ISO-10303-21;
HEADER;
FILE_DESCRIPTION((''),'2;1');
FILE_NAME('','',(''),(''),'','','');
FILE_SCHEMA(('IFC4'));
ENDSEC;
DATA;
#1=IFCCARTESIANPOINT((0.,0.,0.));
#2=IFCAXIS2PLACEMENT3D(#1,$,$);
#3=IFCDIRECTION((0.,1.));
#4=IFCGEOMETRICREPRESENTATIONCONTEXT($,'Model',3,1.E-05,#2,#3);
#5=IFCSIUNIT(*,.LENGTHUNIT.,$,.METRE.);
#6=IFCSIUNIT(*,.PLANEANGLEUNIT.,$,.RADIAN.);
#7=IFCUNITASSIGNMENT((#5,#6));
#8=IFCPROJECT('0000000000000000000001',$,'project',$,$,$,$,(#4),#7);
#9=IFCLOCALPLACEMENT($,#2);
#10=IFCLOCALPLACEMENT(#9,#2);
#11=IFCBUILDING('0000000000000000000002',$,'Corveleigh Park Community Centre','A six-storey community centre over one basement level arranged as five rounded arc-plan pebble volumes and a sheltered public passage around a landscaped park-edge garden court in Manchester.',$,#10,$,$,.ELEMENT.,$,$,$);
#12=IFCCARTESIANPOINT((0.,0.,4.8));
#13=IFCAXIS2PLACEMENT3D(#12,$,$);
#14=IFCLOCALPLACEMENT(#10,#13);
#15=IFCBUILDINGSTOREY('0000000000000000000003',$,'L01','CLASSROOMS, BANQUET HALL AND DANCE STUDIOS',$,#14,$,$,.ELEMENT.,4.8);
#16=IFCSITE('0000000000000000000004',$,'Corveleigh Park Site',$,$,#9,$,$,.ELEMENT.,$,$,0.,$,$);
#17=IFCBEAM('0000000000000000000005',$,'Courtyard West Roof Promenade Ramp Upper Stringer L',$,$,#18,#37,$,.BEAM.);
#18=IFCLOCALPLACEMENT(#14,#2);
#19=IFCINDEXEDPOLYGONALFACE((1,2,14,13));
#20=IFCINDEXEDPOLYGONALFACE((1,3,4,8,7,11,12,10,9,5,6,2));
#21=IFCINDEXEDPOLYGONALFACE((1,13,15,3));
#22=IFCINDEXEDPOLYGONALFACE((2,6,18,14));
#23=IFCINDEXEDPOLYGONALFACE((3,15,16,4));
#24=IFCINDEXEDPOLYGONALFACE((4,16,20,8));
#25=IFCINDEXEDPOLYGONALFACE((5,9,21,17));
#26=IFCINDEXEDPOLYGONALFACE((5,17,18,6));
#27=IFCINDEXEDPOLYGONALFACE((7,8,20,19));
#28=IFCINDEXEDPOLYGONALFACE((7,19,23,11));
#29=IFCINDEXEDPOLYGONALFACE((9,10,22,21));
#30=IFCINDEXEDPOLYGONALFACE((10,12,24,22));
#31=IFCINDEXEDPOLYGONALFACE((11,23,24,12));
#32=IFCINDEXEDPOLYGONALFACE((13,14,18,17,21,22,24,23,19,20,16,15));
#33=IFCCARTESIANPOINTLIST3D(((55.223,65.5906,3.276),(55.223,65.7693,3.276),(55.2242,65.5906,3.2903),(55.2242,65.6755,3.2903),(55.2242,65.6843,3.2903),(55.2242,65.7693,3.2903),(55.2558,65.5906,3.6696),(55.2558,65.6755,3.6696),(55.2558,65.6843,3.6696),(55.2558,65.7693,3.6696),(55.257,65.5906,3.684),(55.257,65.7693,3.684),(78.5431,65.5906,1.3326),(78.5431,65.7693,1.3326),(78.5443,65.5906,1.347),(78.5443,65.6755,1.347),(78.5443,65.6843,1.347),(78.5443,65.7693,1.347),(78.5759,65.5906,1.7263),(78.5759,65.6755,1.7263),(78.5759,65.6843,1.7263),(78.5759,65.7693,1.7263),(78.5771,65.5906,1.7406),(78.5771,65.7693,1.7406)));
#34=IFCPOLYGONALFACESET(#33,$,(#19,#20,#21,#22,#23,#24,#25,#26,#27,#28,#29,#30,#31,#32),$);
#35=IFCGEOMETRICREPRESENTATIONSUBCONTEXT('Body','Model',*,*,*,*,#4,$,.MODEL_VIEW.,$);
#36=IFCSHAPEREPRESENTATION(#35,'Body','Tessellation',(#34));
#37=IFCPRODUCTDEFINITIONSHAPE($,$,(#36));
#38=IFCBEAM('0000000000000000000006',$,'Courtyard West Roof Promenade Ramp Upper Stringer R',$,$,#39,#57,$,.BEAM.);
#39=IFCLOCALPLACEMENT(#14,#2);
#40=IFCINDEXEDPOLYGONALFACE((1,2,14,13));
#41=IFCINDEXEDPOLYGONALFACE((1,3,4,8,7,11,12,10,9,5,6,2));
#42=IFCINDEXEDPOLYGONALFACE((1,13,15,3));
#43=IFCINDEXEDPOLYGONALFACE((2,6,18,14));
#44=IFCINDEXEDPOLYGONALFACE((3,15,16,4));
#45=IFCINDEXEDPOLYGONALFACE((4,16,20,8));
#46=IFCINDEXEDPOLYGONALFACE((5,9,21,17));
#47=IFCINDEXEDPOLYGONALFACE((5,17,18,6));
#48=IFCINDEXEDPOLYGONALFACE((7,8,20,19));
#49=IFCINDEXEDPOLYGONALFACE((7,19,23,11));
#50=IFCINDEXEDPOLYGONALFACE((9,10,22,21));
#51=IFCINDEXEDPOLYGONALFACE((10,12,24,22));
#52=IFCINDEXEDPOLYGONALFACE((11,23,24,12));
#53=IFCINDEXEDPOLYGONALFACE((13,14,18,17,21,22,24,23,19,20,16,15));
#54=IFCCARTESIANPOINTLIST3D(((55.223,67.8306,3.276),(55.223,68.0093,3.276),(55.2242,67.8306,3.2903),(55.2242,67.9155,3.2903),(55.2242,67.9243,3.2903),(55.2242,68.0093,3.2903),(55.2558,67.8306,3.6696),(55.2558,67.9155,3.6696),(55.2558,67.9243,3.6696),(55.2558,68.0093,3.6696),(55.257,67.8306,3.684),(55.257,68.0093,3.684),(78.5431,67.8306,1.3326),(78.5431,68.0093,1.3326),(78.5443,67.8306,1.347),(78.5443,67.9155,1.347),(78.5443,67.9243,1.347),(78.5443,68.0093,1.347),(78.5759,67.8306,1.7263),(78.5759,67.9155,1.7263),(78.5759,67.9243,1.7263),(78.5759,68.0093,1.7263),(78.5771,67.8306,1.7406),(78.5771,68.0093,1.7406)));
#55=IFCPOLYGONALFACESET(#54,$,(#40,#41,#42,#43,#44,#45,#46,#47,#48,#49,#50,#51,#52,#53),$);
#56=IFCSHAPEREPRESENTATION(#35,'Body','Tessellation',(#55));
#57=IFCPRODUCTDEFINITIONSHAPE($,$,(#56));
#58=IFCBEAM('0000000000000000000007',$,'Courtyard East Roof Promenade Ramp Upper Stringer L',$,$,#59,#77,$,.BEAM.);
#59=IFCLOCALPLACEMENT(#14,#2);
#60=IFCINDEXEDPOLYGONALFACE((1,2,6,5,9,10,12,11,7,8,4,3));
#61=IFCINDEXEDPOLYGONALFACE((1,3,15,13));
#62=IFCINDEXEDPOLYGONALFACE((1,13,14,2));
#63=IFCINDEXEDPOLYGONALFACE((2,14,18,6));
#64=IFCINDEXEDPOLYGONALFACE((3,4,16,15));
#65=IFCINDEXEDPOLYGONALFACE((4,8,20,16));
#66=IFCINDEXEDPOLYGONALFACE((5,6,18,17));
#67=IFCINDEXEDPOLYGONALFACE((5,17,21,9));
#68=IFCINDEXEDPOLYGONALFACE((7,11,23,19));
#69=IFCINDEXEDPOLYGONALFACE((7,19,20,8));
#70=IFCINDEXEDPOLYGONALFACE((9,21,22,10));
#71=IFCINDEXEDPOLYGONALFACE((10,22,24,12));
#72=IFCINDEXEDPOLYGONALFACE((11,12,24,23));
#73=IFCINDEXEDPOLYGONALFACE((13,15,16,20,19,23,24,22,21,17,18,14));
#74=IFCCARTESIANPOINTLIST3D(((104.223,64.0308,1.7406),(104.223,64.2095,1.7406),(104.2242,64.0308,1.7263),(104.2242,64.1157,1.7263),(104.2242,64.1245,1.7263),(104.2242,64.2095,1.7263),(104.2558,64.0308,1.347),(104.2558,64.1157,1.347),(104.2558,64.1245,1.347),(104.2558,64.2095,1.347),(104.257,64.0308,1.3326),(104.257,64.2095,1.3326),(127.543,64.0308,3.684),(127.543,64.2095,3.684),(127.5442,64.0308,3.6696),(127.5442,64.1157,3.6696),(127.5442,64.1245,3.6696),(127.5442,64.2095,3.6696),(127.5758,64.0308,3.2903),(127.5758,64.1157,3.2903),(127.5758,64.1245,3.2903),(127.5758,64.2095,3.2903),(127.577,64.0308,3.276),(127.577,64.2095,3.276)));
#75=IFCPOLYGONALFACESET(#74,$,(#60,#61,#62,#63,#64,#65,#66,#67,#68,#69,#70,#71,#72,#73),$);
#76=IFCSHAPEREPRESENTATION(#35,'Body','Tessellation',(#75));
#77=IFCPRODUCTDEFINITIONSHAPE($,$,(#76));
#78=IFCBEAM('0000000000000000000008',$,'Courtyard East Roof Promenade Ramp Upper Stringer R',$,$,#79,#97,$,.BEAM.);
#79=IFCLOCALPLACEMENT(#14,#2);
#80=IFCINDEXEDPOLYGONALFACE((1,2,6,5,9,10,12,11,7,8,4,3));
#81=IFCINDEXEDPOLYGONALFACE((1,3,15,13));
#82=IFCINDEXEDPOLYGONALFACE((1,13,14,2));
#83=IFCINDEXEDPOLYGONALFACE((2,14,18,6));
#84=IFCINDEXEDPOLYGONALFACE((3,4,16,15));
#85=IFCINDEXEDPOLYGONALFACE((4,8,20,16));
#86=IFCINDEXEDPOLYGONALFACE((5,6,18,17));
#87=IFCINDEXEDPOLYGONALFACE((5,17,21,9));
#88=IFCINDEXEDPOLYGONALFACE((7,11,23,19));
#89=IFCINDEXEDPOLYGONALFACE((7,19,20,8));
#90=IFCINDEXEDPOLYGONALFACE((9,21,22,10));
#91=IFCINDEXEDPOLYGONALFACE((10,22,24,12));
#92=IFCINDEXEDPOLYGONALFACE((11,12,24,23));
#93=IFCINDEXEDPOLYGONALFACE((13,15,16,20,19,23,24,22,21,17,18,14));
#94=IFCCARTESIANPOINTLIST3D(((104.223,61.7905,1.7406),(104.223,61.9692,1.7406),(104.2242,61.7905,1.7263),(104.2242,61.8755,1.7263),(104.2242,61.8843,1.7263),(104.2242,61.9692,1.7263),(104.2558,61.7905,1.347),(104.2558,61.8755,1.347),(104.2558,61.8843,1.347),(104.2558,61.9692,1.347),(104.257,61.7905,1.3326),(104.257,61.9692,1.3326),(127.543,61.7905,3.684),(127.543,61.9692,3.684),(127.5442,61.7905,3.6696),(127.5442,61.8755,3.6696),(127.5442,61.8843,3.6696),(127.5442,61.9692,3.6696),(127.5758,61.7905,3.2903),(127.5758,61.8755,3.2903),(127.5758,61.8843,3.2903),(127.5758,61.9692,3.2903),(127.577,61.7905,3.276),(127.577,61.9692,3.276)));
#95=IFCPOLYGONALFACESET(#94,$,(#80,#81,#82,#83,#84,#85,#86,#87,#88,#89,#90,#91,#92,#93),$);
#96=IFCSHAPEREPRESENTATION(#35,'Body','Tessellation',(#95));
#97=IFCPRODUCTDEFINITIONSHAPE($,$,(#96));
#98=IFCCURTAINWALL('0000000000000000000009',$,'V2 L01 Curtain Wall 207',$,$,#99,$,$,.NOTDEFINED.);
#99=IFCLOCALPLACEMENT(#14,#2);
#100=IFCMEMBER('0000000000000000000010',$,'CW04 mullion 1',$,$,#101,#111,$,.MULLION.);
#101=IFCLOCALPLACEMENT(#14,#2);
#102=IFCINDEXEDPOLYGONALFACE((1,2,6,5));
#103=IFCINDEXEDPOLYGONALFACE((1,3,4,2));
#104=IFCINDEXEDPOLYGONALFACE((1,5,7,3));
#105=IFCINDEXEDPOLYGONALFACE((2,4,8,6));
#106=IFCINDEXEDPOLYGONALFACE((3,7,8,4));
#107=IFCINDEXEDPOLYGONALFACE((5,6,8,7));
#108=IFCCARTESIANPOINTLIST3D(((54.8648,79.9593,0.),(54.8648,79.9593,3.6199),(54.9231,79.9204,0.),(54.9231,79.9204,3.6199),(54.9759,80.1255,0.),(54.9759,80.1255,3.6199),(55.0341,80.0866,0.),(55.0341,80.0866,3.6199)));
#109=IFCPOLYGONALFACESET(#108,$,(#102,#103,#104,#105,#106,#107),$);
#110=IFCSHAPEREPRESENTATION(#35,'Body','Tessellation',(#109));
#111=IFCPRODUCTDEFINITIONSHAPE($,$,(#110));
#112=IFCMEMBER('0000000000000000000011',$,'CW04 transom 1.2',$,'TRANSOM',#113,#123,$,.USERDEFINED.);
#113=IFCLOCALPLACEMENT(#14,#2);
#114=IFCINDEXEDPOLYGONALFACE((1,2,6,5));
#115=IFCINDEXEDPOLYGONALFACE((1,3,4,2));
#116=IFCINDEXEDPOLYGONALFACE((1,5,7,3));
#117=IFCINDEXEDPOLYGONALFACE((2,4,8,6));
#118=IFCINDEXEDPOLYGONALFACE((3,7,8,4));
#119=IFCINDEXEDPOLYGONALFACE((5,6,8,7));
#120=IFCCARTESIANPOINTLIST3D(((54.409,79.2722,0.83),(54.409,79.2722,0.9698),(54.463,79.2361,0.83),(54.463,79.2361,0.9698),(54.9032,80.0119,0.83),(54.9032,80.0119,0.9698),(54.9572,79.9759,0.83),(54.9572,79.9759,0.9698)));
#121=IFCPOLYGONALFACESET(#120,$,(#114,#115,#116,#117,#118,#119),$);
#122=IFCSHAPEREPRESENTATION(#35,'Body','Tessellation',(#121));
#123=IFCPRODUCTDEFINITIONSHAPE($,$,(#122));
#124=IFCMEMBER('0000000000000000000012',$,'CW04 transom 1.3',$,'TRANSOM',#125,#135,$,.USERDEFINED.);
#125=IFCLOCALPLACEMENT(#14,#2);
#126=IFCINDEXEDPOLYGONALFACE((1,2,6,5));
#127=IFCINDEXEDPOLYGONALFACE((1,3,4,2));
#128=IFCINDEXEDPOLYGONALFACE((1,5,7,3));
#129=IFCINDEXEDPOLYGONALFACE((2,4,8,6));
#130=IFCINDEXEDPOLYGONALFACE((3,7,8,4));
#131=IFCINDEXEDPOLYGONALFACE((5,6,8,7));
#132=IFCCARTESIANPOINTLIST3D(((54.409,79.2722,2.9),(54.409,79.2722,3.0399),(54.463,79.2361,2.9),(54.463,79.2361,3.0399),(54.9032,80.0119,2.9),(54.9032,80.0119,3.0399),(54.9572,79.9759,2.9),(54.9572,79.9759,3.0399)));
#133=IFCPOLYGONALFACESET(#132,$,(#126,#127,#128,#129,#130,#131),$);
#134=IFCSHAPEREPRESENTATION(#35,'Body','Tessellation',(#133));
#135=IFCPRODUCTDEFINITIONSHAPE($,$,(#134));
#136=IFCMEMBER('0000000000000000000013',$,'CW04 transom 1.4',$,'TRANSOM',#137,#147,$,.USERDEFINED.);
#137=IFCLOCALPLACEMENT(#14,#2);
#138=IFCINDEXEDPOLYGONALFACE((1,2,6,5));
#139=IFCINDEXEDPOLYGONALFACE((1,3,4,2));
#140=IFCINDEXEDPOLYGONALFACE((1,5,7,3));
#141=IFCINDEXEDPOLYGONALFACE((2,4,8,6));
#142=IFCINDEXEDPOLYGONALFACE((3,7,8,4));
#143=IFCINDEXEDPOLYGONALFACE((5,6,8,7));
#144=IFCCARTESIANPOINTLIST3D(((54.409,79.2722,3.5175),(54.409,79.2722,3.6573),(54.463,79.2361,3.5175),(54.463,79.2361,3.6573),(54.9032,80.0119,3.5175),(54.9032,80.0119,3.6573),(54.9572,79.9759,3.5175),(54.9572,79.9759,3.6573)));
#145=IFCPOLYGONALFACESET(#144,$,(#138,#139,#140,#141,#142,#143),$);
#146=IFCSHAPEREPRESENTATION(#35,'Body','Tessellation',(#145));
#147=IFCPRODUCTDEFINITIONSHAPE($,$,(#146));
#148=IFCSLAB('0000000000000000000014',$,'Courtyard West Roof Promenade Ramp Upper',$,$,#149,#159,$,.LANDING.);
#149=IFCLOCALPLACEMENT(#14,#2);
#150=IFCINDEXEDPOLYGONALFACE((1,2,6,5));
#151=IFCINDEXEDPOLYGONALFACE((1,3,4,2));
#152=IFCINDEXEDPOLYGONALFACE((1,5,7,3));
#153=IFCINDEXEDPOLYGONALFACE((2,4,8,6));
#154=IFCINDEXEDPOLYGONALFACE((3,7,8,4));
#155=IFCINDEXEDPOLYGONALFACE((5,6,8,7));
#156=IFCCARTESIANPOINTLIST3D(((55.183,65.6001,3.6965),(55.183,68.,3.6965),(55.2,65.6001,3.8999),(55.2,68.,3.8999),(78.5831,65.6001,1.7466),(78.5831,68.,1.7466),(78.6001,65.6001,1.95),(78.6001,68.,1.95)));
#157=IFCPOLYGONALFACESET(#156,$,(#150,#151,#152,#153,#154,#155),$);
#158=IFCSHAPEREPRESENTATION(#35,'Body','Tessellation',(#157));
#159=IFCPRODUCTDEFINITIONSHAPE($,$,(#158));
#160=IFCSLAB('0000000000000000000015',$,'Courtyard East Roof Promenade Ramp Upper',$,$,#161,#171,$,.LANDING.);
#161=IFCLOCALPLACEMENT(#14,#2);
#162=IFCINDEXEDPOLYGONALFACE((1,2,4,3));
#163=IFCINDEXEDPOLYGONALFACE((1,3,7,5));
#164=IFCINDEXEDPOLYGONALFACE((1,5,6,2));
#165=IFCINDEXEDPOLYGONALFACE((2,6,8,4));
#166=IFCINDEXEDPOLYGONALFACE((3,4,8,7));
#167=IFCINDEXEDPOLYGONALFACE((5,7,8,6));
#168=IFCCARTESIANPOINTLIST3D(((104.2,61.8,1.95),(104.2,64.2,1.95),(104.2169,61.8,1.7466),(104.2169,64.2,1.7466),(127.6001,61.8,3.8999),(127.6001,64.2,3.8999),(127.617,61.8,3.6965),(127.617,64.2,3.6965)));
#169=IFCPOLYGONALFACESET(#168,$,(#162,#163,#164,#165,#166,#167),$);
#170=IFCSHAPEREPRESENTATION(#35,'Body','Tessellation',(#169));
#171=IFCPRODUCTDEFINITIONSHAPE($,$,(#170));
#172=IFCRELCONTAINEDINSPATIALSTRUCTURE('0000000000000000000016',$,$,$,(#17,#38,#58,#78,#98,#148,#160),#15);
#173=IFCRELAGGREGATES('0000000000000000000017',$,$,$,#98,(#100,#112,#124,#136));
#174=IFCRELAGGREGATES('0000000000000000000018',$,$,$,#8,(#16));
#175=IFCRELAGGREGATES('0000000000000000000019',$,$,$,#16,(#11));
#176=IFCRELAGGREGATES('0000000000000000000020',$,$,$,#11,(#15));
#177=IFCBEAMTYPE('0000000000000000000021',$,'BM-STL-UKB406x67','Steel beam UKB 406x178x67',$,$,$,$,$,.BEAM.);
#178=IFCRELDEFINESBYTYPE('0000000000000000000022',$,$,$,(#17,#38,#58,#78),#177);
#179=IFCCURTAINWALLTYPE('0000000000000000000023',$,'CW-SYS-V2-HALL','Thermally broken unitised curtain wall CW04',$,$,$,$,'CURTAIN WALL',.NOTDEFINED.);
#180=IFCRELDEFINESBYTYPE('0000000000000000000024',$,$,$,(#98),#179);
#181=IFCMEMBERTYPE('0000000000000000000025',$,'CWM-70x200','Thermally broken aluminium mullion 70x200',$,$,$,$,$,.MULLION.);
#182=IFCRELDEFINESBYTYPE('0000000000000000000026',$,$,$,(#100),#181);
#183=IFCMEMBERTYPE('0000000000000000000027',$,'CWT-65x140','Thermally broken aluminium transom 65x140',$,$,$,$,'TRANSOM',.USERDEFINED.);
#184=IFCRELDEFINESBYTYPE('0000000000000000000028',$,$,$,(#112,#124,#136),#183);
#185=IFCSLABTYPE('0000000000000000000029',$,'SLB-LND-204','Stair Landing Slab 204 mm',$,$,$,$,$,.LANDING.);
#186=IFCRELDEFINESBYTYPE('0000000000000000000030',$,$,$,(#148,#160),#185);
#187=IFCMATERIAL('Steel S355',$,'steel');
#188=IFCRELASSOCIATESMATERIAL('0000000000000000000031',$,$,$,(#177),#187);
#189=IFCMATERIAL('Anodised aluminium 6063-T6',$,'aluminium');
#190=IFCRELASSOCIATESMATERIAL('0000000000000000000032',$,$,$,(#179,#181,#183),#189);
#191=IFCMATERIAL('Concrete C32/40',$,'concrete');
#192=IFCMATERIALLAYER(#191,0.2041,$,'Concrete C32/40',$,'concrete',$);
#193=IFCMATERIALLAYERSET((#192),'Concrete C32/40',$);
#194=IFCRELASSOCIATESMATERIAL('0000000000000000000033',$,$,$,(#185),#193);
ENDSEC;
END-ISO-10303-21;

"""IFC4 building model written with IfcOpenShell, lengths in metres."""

from ifc_helpers import new_model, si_unit, direction, frame, origin, origin_2d, place, context, subcontext, project, spatial, polyline, rectangle, i_section, outline, extrude, material, layer, layer_set, material_profile, profile_set, type_object, element, aggregate, save


model = new_model("IFC4")

# Units and contexts
model_context = context("Model", 3, precision=1e-05, world=origin(), true_north=direction((0.0, 1.0)))
body_context = subcontext(model_context, "Body", "Model", "MODEL_VIEW")
ifc_project = project(units=[si_unit("LENGTHUNIT", "METRE"), si_unit("PLANEANGLEUNIT", "RADIAN")], contexts=[model_context])

# Site, building, storey
site_placement = place(None, origin())
site = spatial("IfcSite", under=ifc_project, at=site_placement, Name="Corveleigh Park Site", CompositionType="ELEMENT", RefElevation=0.0)
building_placement = place(site_placement, origin())
building = spatial("IfcBuilding", under=site, at=building_placement, Name="Corveleigh Park Community Centre", Description="A six-storey community centre over one basement level arranged as five rounded arc-plan pebble volumes and a sheltered public passage around a landscaped park-edge garden court in Manchester.", CompositionType="ELEMENT")
storey_placement = place(building_placement, frame((0.0, 0.0, 4.8)))
storey = spatial("IfcBuildingStorey", under=building, at=storey_placement, Name="L01", Description="CLASSROOMS, BANQUET HALL AND DANCE STUDIOS", CompositionType="ELEMENT", Elevation=4.8)

# Beams
ifc_material_1 = material(Name="Steel S355", Category="steel")
ifc_material_profile_1 = material_profile(ifc_material_1, i_section(OverallWidth=0.1787, OverallDepth=0.4094, WebThickness=0.0088, FlangeThickness=0.0144, at=origin_2d()), Name="UKB 406x178x67", Category="steel")
ifc_profile_set_1 = profile_set([ifc_material_profile_1], Name="Steel S355")
beam_type = type_object("IfcBeamType", Name="BM-STL-UKB406x67", Description="Steel beam UKB 406x178x67", PredefinedType="BEAM", material=ifc_profile_set_1)
for number, where, z_axis, x_axis, name in (
    (1, (78.5601, 65.6799, 1.5366), (-0.996546, 0.0, 0.083046), (0.0, -1.0, 0.0), "Courtyard West Roof Promenade Ramp Upper Stringer L"),
    (2, (78.5601, 67.9199, 1.5366), (-0.996546, 0.0, 0.083046), (0.0, -1.0, 0.0), "Courtyard West Roof Promenade Ramp Upper Stringer R"),
    (3, (104.24, 64.1201, 1.5366), (0.996546, 0.0, 0.083046), (0.0, 1.0, 0.0), "Courtyard East Roof Promenade Ramp Upper Stringer L"),
    (4, (104.24, 61.8799, 1.5366), (0.996546, 0.0, 0.083046), (0.0, 1.0, 0.0), "Courtyard East Roof Promenade Ramp Upper Stringer R"),
):
    element("IfcBeam", number, at=place(storey_placement, frame(where, z_axis=z_axis, x_axis=x_axis)), inside=storey, type_object=beam_type, Name=name, PredefinedType="BEAM", context=body_context, shape_type="SweptSolid", body=[
        extrude(i_section(OverallWidth=0.1787, OverallDepth=0.4094, WebThickness=0.0088, FlangeThickness=0.0144, at=origin_2d()), origin(), (0.0, 0.0, 1.0), 23.4009),
    ])

# Curtain wall, members
ifc_material_2 = material(Name="Anodised aluminium 6063-T6", Category="aluminium")
curtain_wall_type = type_object("IfcCurtainWallType", Name="CW-SYS-V2-HALL", Description="Thermally broken unitised curtain wall CW04", ElementType="CURTAIN WALL", PredefinedType="NOTDEFINED", material=ifc_material_2)
curtain_wall_placement = place(storey_placement, origin())
curtain_wall = element("IfcCurtainWall", 5, at=curtain_wall_placement, inside=storey, type_object=curtain_wall_type, Name="V2 L01 Curtain Wall 207", PredefinedType="NOTDEFINED")
ifc_material_profile_2 = material_profile(ifc_material_2, rectangle(XDim=0.0701, YDim=0.2, at=origin_2d()), Name="ALU-M70x200", Category="aluminium")
ifc_profile_set_2 = profile_set([ifc_material_profile_2], Name="Anodised aluminium 6063-T6")
member_type_1 = type_object("IfcMemberType", Name="CWM-70x200", Description="Thermally broken aluminium mullion 70x200", PredefinedType="MULLION", material=ifc_profile_set_2)
member_1_placement = place(storey_placement, frame((54.9495, 80.0229, 0.0), z_axis=(0.0, 0.0, 1.0), x_axis=(0.831509, -0.555512, 0.0)))
member_1 = element("IfcMember", 6, at=member_1_placement, type_object=member_type_1, Name="CW04 mullion 1", PredefinedType="MULLION", context=body_context, shape_type="SweptSolid", body=[
    extrude(rectangle(XDim=0.0701, YDim=0.2, at=origin_2d()), origin(), (0.0, 0.0, 1.0), 3.6199),
])
ifc_material_profile_3 = material_profile(ifc_material_2, rectangle(XDim=0.0649, YDim=0.1399, at=origin_2d()), Name="ALU-T65x140", Category="aluminium")
ifc_profile_set_3 = profile_set([ifc_material_profile_3], Name="Anodised aluminium 6063-T6")
member_type_2 = type_object("IfcMemberType", Name="CWT-65x140", Description="Thermally broken aluminium transom 65x140", ElementType="TRANSOM", PredefinedType="USERDEFINED", material=ifc_profile_set_3)
member_2_placement = place(storey_placement, frame((54.9302, 79.9939, 0.8999), z_axis=(-0.55546, -0.831543, 0.0), x_axis=(0.831543, -0.55546, 0.0)))
member_2 = element("IfcMember", 7, at=member_2_placement, type_object=member_type_2, Name="CW04 transom 1.2", ObjectType="TRANSOM", PredefinedType="USERDEFINED", context=body_context, shape_type="SweptSolid", body=[
    extrude(rectangle(XDim=0.0649, YDim=0.1399, at=origin_2d()), origin(), (0.0, 0.0, 1.0), 0.8896),
])
member_3_placement = place(storey_placement, frame((54.9302, 79.9939, 2.97), z_axis=(-0.55546, -0.831543, 0.0), x_axis=(0.831543, -0.55546, 0.0)))
member_3 = element("IfcMember", 8, at=member_3_placement, type_object=member_type_2, Name="CW04 transom 1.3", ObjectType="TRANSOM", PredefinedType="USERDEFINED", context=body_context, shape_type="SweptSolid", body=[
    extrude(rectangle(XDim=0.0649, YDim=0.1399, at=origin_2d()), origin(), (0.0, 0.0, 1.0), 0.8896),
])
member_4_placement = place(storey_placement, frame((54.9302, 79.9939, 3.5874), z_axis=(-0.55546, -0.831543, 0.0), x_axis=(0.831543, -0.55546, 0.0)))
member_4 = element("IfcMember", 9, at=member_4_placement, type_object=member_type_2, Name="CW04 transom 1.4", ObjectType="TRANSOM", PredefinedType="USERDEFINED", context=body_context, shape_type="SweptSolid", body=[
    extrude(rectangle(XDim=0.0649, YDim=0.1399, at=origin_2d()), origin(), (0.0, 0.0, 1.0), 0.8896),
])
aggregate(curtain_wall, [member_1, member_2, member_3, member_4])

# Slabs
ifc_material_3 = material(Name="Concrete C32/40", Category="concrete")
ifc_layer = layer(ifc_material_3, 0.2041, Name="Concrete C32/40", Category="concrete")
ifc_layer_set = layer_set([ifc_layer], Name="Concrete C32/40")
slab_type = type_object("IfcSlabType", Name="SLB-LND-204", Description="Stair Landing Slab 204 mm", PredefinedType="LANDING", material=ifc_layer_set)
for number, where, z_axis, x_axis, name in (
    (10, (78.6001, 68.0, 1.95), (0.083043, 0.0, 0.996546), (-0.996546, 0.0, 0.083043), "Courtyard West Roof Promenade Ramp Upper"),
    (11, (104.2, 61.8, 1.95), (-0.083043, 0.0, 0.996546), (0.996546, 0.0, 0.083043), "Courtyard East Roof Promenade Ramp Upper"),
):
    element("IfcSlab", number, at=place(storey_placement, frame(where, z_axis=z_axis, x_axis=x_axis)), inside=storey, type_object=slab_type, Name=name, PredefinedType="LANDING", context=body_context, shape_type="SweptSolid", body=[
        extrude(outline(polyline([(0.0, 0.0), (23.4813, 0.0), (23.4813, 2.3999), (0.0, 2.3999), (0.0, 0.0)])), origin(), (0.0, 0.0, -1.0), 0.2041),
    ])

save(model, "model.ifc")
